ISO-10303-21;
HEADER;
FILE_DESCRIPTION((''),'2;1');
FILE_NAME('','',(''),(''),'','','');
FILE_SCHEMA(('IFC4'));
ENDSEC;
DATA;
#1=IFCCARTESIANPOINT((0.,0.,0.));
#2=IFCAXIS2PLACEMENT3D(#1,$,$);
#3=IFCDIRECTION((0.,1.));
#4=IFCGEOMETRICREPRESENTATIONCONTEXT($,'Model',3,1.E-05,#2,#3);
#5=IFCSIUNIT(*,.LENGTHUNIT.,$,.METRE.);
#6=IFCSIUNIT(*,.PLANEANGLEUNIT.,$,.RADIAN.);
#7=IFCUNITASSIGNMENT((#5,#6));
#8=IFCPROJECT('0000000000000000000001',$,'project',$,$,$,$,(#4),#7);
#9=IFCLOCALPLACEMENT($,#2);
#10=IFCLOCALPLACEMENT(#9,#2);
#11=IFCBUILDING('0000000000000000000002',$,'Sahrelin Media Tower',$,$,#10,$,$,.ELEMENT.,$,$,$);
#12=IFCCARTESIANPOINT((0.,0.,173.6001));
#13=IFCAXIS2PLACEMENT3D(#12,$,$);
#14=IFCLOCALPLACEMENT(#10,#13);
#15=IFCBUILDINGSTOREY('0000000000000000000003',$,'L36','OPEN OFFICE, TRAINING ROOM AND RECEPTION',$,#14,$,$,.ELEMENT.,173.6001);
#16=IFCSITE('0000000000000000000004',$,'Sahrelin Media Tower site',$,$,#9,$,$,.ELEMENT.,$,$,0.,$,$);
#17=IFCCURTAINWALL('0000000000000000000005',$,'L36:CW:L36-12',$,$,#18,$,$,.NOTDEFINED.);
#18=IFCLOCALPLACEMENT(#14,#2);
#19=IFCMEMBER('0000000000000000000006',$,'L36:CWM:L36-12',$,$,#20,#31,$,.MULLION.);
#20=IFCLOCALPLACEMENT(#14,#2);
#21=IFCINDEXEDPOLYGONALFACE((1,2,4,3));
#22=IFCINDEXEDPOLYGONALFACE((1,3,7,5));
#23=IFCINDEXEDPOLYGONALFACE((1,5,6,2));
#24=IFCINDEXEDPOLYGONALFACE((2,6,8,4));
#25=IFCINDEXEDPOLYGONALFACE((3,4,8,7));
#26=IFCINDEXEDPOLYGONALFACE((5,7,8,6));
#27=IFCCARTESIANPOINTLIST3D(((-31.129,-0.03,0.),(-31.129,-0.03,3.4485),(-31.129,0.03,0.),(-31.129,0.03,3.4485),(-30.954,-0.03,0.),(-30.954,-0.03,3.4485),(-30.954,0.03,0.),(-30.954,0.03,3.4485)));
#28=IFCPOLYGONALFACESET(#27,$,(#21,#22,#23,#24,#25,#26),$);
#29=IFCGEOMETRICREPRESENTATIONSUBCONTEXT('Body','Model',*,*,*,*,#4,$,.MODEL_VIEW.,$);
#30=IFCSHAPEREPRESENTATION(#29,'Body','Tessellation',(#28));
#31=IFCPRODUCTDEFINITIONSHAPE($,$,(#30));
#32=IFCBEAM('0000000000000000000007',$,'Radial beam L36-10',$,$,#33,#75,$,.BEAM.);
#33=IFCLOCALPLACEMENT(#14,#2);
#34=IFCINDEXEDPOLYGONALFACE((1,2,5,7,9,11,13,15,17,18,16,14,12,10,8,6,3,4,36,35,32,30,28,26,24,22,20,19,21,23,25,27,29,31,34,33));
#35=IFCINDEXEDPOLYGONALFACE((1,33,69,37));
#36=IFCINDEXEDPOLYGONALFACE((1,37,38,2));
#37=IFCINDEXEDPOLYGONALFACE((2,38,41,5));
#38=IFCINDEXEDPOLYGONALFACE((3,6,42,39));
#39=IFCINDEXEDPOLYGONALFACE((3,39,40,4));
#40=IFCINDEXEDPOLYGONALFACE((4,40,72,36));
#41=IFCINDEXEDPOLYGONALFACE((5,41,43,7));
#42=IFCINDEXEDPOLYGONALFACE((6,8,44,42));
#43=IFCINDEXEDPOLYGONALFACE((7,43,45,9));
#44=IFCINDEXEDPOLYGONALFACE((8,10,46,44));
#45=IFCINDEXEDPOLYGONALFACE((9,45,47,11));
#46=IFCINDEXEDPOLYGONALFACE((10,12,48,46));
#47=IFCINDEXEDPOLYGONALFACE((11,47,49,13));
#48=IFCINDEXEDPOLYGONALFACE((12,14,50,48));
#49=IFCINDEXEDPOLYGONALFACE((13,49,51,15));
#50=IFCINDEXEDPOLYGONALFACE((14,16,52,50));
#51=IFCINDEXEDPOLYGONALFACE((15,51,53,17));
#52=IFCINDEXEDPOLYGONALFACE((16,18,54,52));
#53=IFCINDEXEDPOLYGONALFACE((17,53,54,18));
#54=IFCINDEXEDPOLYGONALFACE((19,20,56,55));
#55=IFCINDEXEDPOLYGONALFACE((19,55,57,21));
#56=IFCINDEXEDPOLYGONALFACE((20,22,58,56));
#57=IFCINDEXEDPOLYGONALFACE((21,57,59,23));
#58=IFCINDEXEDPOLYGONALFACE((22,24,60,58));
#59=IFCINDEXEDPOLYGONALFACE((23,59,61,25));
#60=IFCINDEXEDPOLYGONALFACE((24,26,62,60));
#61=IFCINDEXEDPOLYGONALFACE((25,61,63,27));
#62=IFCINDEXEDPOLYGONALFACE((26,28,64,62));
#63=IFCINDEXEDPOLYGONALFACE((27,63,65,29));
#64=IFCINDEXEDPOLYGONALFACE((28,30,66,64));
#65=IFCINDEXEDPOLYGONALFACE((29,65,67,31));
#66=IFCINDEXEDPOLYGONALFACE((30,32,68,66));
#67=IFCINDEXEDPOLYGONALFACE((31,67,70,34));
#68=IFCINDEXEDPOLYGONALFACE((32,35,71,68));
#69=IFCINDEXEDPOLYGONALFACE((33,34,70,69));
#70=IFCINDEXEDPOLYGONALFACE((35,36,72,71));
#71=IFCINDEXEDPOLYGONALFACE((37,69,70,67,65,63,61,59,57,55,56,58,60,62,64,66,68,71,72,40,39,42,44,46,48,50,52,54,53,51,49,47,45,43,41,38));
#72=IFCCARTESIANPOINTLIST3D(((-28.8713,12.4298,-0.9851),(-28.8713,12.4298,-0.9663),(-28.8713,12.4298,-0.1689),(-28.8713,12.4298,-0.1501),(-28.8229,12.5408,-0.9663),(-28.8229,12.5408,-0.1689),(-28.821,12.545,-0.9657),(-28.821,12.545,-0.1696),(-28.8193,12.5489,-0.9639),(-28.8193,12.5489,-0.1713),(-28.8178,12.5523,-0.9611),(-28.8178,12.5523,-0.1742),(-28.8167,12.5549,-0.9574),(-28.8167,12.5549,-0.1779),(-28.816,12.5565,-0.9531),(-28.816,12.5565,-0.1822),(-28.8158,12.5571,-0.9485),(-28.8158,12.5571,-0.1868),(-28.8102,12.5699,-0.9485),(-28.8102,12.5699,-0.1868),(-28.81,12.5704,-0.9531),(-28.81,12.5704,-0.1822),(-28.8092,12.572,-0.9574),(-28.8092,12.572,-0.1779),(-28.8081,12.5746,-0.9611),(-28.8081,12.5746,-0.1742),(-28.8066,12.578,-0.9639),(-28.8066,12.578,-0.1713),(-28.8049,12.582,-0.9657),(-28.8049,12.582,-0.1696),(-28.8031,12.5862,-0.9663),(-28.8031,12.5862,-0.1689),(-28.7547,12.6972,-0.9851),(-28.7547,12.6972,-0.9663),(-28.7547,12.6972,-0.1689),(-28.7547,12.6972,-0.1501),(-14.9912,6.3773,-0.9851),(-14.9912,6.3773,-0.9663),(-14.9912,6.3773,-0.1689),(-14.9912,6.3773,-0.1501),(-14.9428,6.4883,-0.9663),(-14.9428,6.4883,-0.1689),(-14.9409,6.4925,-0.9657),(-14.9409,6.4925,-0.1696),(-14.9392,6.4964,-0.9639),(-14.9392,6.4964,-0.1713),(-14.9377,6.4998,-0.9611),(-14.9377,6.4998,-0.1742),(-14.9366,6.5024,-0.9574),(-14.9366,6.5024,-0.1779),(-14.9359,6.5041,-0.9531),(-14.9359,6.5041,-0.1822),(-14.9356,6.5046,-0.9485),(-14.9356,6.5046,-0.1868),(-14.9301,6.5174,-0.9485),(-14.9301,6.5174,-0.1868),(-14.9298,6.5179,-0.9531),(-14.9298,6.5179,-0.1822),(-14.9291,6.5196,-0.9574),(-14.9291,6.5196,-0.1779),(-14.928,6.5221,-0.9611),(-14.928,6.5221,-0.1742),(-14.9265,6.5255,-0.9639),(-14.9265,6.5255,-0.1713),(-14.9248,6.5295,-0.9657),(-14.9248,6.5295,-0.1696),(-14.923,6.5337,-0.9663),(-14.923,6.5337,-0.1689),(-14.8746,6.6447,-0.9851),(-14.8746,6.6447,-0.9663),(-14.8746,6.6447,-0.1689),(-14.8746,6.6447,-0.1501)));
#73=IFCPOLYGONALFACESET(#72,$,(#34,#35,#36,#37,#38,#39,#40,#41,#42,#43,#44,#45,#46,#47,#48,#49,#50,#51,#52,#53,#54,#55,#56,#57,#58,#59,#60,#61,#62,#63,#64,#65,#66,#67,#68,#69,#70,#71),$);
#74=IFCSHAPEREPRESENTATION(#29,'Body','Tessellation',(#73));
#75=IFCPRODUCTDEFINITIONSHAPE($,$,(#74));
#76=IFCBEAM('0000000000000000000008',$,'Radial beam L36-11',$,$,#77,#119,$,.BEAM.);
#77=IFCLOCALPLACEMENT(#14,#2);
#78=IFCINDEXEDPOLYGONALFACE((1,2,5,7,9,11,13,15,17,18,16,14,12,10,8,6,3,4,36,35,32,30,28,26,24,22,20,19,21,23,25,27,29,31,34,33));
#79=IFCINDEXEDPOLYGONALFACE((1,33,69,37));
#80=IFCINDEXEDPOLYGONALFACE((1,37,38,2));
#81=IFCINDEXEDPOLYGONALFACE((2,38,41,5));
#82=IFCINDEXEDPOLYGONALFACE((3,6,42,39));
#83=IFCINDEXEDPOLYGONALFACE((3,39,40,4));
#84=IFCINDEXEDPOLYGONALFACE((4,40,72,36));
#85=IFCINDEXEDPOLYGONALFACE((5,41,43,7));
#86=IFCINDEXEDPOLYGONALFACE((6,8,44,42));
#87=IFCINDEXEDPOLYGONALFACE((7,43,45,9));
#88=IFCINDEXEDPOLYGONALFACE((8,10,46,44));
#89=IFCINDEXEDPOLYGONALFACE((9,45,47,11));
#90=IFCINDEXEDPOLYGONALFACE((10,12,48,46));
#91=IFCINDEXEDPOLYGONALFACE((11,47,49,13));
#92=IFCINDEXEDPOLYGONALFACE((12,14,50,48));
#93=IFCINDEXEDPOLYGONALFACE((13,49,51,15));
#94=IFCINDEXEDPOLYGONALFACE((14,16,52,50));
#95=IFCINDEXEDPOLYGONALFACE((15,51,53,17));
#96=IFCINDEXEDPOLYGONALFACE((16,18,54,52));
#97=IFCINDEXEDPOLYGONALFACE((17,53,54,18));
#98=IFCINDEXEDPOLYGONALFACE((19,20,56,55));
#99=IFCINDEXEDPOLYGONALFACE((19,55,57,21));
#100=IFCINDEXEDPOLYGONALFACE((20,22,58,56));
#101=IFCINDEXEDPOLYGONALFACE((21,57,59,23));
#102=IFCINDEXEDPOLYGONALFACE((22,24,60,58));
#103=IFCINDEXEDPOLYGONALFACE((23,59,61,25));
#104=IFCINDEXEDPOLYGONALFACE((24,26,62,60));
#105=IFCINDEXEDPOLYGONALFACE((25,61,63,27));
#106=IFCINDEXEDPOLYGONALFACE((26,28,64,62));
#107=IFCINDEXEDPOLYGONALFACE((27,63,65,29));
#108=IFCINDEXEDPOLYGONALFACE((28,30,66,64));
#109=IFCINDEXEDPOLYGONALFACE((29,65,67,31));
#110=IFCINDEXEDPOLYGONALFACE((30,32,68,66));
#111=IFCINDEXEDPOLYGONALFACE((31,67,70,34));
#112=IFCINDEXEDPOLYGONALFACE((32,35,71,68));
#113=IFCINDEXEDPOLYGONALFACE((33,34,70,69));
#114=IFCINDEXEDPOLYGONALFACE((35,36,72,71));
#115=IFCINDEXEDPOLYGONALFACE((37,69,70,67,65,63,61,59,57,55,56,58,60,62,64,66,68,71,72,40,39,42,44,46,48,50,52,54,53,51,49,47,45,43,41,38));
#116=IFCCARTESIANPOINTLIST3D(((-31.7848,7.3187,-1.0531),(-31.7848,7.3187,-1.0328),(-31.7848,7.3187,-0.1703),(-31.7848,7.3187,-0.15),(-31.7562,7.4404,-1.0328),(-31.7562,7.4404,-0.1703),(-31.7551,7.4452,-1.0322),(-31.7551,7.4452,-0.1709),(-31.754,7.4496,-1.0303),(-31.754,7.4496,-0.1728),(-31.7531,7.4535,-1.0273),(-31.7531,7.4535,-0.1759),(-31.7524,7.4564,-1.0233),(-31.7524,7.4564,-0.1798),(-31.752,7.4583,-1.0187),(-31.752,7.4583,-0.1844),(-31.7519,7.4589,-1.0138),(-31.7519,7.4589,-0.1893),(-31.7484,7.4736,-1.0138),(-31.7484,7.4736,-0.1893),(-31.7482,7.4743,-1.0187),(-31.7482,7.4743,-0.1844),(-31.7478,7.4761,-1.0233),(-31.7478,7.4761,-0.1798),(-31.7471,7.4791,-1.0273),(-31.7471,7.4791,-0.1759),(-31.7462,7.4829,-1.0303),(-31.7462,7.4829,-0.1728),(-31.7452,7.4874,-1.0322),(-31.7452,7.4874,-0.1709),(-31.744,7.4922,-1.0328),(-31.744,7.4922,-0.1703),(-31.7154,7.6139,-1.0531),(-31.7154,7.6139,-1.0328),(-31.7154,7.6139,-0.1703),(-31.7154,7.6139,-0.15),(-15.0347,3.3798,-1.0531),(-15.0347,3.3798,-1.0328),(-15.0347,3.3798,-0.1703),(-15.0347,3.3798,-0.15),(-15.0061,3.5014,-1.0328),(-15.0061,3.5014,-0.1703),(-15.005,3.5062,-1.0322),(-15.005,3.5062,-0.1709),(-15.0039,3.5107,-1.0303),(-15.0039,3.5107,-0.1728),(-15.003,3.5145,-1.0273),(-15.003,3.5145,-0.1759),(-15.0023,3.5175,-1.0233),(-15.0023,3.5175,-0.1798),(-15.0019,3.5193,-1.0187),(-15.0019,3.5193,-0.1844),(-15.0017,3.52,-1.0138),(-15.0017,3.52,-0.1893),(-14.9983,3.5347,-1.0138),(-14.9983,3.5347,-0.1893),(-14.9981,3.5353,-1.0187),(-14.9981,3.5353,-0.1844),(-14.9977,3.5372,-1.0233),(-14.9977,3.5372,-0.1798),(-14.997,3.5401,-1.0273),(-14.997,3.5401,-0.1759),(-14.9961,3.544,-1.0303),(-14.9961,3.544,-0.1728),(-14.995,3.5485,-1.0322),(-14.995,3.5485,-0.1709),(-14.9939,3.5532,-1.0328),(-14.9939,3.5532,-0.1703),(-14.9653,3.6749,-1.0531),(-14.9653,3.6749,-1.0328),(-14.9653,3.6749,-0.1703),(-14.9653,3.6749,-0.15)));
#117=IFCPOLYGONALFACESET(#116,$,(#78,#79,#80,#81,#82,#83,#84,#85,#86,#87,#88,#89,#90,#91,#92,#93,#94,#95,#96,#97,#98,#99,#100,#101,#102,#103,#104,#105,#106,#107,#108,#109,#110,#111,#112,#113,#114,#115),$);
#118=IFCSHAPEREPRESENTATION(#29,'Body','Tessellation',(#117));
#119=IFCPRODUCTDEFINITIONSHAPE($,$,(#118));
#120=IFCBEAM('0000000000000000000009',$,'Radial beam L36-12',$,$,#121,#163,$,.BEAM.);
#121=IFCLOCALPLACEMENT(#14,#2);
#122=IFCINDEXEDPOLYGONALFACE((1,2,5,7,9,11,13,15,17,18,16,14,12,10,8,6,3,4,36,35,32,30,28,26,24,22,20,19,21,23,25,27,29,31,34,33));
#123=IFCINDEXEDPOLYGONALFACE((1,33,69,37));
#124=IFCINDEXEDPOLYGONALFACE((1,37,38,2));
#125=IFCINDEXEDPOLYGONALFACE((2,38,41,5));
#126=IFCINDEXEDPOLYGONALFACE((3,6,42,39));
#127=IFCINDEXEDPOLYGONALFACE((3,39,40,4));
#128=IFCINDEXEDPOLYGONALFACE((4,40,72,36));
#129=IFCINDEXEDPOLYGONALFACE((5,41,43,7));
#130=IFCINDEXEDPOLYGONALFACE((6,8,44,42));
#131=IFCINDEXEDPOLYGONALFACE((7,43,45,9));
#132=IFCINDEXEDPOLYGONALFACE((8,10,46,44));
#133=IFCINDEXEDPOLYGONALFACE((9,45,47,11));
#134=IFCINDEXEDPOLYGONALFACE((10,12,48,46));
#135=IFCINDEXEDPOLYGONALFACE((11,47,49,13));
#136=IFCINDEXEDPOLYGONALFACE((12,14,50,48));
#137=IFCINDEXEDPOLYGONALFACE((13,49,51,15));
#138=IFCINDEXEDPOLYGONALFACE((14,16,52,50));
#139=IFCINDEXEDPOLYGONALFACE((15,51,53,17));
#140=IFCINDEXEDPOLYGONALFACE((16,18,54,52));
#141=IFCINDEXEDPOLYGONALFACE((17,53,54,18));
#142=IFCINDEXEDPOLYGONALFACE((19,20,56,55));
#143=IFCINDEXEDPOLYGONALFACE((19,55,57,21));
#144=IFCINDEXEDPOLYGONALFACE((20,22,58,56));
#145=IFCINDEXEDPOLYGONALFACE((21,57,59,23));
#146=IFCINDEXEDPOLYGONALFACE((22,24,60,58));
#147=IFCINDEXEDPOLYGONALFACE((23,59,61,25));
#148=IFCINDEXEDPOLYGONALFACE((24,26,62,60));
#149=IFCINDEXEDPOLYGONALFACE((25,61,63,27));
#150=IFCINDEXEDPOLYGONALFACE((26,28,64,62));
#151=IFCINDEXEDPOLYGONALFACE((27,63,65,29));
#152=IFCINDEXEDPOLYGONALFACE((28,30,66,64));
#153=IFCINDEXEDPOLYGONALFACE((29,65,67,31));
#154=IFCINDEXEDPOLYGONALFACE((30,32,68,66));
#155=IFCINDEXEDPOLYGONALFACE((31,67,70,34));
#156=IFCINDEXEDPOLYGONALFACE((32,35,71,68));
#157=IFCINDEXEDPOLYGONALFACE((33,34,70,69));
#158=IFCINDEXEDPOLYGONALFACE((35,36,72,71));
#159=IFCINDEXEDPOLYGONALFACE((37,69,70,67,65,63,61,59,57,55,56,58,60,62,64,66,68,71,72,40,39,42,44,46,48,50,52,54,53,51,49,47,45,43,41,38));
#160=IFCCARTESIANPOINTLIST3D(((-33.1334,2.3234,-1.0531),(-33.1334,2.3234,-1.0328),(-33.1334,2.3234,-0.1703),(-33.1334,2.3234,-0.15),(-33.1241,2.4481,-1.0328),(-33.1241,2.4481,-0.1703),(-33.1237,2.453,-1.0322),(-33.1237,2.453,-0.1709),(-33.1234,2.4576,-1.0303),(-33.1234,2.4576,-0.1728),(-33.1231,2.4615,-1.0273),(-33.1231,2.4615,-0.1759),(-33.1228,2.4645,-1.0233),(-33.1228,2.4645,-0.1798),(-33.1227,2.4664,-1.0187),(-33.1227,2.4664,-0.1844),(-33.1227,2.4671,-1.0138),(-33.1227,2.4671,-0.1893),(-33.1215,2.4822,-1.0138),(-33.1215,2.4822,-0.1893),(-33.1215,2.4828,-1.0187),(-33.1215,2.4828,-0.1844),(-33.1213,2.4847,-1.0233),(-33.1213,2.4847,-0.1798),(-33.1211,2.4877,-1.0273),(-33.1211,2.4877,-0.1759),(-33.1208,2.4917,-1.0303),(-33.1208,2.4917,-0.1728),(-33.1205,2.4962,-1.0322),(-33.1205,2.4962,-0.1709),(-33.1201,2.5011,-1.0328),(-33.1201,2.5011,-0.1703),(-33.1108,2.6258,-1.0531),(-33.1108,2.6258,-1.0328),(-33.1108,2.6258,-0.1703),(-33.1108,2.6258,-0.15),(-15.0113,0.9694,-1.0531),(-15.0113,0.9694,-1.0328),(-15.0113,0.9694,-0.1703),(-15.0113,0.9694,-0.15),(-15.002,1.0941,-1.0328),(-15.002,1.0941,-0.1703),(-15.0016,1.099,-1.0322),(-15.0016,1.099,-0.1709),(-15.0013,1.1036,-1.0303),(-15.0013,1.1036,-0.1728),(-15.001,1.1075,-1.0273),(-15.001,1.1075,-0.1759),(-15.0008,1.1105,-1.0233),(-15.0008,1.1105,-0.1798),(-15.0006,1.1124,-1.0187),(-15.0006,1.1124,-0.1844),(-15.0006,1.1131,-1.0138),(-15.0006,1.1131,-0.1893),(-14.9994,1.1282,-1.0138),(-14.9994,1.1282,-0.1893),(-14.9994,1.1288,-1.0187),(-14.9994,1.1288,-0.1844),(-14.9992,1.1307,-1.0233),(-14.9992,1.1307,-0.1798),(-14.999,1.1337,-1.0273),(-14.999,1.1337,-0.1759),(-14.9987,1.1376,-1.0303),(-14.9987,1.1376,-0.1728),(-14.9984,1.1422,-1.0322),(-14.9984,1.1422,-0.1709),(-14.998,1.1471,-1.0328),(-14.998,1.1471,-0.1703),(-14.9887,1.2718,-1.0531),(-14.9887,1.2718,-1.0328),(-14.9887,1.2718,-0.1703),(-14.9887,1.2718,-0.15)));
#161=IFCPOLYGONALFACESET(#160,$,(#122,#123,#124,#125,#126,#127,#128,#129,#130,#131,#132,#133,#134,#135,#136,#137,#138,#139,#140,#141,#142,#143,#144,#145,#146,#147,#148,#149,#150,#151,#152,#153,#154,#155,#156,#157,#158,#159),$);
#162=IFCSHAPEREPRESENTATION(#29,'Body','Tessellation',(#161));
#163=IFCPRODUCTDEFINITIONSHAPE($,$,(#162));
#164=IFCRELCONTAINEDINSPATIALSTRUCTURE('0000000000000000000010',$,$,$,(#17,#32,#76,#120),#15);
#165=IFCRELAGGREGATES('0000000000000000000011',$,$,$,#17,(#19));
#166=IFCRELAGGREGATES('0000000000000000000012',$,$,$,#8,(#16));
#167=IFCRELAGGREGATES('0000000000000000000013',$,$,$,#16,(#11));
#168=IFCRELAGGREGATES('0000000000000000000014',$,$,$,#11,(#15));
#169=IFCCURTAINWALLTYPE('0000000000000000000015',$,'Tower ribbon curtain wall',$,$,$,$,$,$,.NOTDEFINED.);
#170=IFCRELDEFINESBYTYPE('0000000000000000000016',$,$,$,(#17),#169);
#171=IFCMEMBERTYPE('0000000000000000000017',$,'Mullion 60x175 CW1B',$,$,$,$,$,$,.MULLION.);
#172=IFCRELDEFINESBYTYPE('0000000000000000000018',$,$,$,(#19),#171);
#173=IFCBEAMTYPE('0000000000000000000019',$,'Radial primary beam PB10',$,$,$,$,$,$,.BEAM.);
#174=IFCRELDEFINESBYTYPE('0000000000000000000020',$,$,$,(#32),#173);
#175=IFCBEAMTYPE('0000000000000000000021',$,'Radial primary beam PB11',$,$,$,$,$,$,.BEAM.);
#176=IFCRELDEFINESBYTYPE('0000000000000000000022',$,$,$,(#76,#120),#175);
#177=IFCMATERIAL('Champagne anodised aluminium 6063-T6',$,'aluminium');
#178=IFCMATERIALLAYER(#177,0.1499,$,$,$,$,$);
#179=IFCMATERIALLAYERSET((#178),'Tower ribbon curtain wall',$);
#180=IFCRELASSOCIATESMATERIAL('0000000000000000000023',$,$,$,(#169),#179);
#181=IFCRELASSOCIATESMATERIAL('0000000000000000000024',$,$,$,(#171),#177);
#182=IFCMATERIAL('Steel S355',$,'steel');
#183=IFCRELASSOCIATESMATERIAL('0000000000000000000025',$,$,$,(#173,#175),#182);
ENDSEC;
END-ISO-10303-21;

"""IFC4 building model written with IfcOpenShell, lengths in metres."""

from ifc_helpers import new_model, si_unit, direction, frame, origin, origin_2d, place, context, subcontext, project, spatial, rectangle, i_section, extrude, material, layer, layer_set, material_profile, profile_set, type_object, element, aggregate, save


model = new_model("IFC4")

# Units and contexts
model_context = context("Model", 3, precision=1e-05, world=origin(), true_north=direction((0.0, 1.0)))
body_context = subcontext(model_context, "Body", "Model", "MODEL_VIEW")
ifc_project = project(units=[si_unit("LENGTHUNIT", "METRE"), si_unit("PLANEANGLEUNIT", "RADIAN")], contexts=[model_context])

# Site, building, storey
site_placement = place(None, origin())
site = spatial("IfcSite", under=ifc_project, at=site_placement, Name="Sahrelin Media Tower site", CompositionType="ELEMENT", RefElevation=0.0)
building_placement = place(site_placement, origin())
building = spatial("IfcBuilding", under=site, at=building_placement, Name="Sahrelin Media Tower", CompositionType="ELEMENT")
storey_placement = place(building_placement, frame((0.0, 0.0, 173.6001)))
storey = spatial("IfcBuildingStorey", under=building, at=storey_placement, Name="L36", Description="OPEN OFFICE, TRAINING ROOM AND RECEPTION", CompositionType="ELEMENT", Elevation=173.6001)

# Curtain wall, member
ifc_material_1 = material(Name="Champagne anodised aluminium 6063-T6", Category="aluminium")
ifc_layer_1 = layer(ifc_material_1, 0.1499)
ifc_layer_set_1 = layer_set([ifc_layer_1], Name="Tower ribbon curtain wall")
curtain_wall_type = type_object("IfcCurtainWallType", Name="Tower ribbon curtain wall", PredefinedType="NOTDEFINED", material=ifc_layer_set_1)
curtain_wall_placement = place(storey_placement, frame((-31.1489, 0.0, 0.0), z_axis=(0.0, 0.0, 1.0), x_axis=(1.0, 0.0, 0.0)))
curtain_wall = element("IfcCurtainWall", 1, at=curtain_wall_placement, inside=storey, type_object=curtain_wall_type, Name="L36:CW:L36-12", PredefinedType="NOTDEFINED")
ifc_material_profile_1 = material_profile(ifc_material_1, rectangle(XDim=0.0601, YDim=0.175, at=origin_2d()), Name="Mullion 60x175")
ifc_profile_set_1 = profile_set([ifc_material_profile_1], Name="Champagne anodised aluminium 6063-T6")
member_type_1 = type_object("IfcMemberType", Name="Mullion 60x175 CW1B", PredefinedType="MULLION", material=ifc_profile_set_1)
member_1_placement = place(storey_placement, frame((-31.0415, 0.0, 0.0), z_axis=(0.0, 0.0, 1.0), x_axis=(0.0, -1.0, 0.0)))
member_1 = element("IfcMember", 2, at=member_1_placement, type_object=member_type_1, Name="L36:CWM:L36-12", PredefinedType="MULLION", context=body_context, shape_type="SweptSolid", body=[
    extrude(rectangle(XDim=0.0601, YDim=0.175, at=origin_2d()), origin(), (0.0, 0.0, 1.0), 3.4485),
])

# Beams
ifc_material_2 = material(Name="Steel S355", Category="steel")
ifc_material_profile_2 = material_profile(ifc_material_2, i_section(OverallWidth=0.2917, OverallDepth=0.835, WebThickness=0.0139, FlangeThickness=0.0188, FilletRadius=0.0178, at=origin_2d()), Name="UB 838x292x176")
ifc_profile_set_2 = profile_set([ifc_material_profile_2], Name="Steel S355")
beam_type_1 = type_object("IfcBeamType", Name="Radial primary beam PB10", PredefinedType="BEAM", material=ifc_profile_set_2)
beam_1_placement = place(storey_placement, frame((-14.9329, 6.511, -0.5676), z_axis=(-0.916643, 0.399706, 0.0), x_axis=(-0.399706, -0.916643, 0.0)))
element("IfcBeam", 3, at=beam_1_placement, inside=storey, type_object=beam_type_1, Name="Radial beam L36-10", PredefinedType="BEAM", context=body_context, shape_type="SweptSolid", body=[
    extrude(i_section(OverallWidth=0.2917, OverallDepth=0.835, WebThickness=0.0139, FlangeThickness=0.0188, FilletRadius=0.0178, at=origin_2d()), origin(), (0.0, 0.0, 1.0), 15.1423),
])
ifc_material_profile_3 = material_profile(ifc_material_2, i_section(OverallWidth=0.3032, OverallDepth=0.9031, WebThickness=0.0151, FlangeThickness=0.0203, FilletRadius=0.019, at=origin_2d()), Name="UB 914x305x201")
ifc_profile_set_3 = profile_set([ifc_material_profile_3], Name="Steel S355")
beam_type_2 = type_object("IfcBeamType", Name="Radial primary beam PB11", PredefinedType="BEAM", material=ifc_profile_set_3)
beam_2_placement = place(storey_placement, frame((-15.0, 3.5273, -0.6016), z_axis=(-0.973447, 0.228914, 0.0), x_axis=(-0.228914, -0.973447, 0.0)))
element("IfcBeam", 4, at=beam_2_placement, inside=storey, type_object=beam_type_2, Name="Radial beam L36-11", PredefinedType="BEAM", context=body_context, shape_type="SweptSolid", body=[
    extrude(i_section(OverallWidth=0.3032, OverallDepth=0.9031, WebThickness=0.0151, FlangeThickness=0.0203, FilletRadius=0.019, at=origin_2d()), origin(), (0.0, 0.0, 1.0), 17.207),
])
for number, where, z_axis, x_axis, name in (
    (5, (-15.0, 1.1206, -0.6016), (-0.99722, 0.074508, 0.0), (-0.074508, -0.99722, 0.0), "Radial beam L36-12"),
):
    element("IfcBeam", number, at=place(storey_placement, frame(where, z_axis=z_axis, x_axis=x_axis)), inside=storey, type_object=beam_type_2, Name=name, PredefinedType="BEAM", context=body_context, shape_type="SweptSolid", body=[
        extrude(i_section(OverallWidth=0.3032, OverallDepth=0.9031, WebThickness=0.0151, FlangeThickness=0.0203, FilletRadius=0.019, at=origin_2d()), origin(), (0.0, 0.0, 1.0), 18.1726),
    ])

aggregate(curtain_wall, [member_1])

save(model, "model.ifc")
